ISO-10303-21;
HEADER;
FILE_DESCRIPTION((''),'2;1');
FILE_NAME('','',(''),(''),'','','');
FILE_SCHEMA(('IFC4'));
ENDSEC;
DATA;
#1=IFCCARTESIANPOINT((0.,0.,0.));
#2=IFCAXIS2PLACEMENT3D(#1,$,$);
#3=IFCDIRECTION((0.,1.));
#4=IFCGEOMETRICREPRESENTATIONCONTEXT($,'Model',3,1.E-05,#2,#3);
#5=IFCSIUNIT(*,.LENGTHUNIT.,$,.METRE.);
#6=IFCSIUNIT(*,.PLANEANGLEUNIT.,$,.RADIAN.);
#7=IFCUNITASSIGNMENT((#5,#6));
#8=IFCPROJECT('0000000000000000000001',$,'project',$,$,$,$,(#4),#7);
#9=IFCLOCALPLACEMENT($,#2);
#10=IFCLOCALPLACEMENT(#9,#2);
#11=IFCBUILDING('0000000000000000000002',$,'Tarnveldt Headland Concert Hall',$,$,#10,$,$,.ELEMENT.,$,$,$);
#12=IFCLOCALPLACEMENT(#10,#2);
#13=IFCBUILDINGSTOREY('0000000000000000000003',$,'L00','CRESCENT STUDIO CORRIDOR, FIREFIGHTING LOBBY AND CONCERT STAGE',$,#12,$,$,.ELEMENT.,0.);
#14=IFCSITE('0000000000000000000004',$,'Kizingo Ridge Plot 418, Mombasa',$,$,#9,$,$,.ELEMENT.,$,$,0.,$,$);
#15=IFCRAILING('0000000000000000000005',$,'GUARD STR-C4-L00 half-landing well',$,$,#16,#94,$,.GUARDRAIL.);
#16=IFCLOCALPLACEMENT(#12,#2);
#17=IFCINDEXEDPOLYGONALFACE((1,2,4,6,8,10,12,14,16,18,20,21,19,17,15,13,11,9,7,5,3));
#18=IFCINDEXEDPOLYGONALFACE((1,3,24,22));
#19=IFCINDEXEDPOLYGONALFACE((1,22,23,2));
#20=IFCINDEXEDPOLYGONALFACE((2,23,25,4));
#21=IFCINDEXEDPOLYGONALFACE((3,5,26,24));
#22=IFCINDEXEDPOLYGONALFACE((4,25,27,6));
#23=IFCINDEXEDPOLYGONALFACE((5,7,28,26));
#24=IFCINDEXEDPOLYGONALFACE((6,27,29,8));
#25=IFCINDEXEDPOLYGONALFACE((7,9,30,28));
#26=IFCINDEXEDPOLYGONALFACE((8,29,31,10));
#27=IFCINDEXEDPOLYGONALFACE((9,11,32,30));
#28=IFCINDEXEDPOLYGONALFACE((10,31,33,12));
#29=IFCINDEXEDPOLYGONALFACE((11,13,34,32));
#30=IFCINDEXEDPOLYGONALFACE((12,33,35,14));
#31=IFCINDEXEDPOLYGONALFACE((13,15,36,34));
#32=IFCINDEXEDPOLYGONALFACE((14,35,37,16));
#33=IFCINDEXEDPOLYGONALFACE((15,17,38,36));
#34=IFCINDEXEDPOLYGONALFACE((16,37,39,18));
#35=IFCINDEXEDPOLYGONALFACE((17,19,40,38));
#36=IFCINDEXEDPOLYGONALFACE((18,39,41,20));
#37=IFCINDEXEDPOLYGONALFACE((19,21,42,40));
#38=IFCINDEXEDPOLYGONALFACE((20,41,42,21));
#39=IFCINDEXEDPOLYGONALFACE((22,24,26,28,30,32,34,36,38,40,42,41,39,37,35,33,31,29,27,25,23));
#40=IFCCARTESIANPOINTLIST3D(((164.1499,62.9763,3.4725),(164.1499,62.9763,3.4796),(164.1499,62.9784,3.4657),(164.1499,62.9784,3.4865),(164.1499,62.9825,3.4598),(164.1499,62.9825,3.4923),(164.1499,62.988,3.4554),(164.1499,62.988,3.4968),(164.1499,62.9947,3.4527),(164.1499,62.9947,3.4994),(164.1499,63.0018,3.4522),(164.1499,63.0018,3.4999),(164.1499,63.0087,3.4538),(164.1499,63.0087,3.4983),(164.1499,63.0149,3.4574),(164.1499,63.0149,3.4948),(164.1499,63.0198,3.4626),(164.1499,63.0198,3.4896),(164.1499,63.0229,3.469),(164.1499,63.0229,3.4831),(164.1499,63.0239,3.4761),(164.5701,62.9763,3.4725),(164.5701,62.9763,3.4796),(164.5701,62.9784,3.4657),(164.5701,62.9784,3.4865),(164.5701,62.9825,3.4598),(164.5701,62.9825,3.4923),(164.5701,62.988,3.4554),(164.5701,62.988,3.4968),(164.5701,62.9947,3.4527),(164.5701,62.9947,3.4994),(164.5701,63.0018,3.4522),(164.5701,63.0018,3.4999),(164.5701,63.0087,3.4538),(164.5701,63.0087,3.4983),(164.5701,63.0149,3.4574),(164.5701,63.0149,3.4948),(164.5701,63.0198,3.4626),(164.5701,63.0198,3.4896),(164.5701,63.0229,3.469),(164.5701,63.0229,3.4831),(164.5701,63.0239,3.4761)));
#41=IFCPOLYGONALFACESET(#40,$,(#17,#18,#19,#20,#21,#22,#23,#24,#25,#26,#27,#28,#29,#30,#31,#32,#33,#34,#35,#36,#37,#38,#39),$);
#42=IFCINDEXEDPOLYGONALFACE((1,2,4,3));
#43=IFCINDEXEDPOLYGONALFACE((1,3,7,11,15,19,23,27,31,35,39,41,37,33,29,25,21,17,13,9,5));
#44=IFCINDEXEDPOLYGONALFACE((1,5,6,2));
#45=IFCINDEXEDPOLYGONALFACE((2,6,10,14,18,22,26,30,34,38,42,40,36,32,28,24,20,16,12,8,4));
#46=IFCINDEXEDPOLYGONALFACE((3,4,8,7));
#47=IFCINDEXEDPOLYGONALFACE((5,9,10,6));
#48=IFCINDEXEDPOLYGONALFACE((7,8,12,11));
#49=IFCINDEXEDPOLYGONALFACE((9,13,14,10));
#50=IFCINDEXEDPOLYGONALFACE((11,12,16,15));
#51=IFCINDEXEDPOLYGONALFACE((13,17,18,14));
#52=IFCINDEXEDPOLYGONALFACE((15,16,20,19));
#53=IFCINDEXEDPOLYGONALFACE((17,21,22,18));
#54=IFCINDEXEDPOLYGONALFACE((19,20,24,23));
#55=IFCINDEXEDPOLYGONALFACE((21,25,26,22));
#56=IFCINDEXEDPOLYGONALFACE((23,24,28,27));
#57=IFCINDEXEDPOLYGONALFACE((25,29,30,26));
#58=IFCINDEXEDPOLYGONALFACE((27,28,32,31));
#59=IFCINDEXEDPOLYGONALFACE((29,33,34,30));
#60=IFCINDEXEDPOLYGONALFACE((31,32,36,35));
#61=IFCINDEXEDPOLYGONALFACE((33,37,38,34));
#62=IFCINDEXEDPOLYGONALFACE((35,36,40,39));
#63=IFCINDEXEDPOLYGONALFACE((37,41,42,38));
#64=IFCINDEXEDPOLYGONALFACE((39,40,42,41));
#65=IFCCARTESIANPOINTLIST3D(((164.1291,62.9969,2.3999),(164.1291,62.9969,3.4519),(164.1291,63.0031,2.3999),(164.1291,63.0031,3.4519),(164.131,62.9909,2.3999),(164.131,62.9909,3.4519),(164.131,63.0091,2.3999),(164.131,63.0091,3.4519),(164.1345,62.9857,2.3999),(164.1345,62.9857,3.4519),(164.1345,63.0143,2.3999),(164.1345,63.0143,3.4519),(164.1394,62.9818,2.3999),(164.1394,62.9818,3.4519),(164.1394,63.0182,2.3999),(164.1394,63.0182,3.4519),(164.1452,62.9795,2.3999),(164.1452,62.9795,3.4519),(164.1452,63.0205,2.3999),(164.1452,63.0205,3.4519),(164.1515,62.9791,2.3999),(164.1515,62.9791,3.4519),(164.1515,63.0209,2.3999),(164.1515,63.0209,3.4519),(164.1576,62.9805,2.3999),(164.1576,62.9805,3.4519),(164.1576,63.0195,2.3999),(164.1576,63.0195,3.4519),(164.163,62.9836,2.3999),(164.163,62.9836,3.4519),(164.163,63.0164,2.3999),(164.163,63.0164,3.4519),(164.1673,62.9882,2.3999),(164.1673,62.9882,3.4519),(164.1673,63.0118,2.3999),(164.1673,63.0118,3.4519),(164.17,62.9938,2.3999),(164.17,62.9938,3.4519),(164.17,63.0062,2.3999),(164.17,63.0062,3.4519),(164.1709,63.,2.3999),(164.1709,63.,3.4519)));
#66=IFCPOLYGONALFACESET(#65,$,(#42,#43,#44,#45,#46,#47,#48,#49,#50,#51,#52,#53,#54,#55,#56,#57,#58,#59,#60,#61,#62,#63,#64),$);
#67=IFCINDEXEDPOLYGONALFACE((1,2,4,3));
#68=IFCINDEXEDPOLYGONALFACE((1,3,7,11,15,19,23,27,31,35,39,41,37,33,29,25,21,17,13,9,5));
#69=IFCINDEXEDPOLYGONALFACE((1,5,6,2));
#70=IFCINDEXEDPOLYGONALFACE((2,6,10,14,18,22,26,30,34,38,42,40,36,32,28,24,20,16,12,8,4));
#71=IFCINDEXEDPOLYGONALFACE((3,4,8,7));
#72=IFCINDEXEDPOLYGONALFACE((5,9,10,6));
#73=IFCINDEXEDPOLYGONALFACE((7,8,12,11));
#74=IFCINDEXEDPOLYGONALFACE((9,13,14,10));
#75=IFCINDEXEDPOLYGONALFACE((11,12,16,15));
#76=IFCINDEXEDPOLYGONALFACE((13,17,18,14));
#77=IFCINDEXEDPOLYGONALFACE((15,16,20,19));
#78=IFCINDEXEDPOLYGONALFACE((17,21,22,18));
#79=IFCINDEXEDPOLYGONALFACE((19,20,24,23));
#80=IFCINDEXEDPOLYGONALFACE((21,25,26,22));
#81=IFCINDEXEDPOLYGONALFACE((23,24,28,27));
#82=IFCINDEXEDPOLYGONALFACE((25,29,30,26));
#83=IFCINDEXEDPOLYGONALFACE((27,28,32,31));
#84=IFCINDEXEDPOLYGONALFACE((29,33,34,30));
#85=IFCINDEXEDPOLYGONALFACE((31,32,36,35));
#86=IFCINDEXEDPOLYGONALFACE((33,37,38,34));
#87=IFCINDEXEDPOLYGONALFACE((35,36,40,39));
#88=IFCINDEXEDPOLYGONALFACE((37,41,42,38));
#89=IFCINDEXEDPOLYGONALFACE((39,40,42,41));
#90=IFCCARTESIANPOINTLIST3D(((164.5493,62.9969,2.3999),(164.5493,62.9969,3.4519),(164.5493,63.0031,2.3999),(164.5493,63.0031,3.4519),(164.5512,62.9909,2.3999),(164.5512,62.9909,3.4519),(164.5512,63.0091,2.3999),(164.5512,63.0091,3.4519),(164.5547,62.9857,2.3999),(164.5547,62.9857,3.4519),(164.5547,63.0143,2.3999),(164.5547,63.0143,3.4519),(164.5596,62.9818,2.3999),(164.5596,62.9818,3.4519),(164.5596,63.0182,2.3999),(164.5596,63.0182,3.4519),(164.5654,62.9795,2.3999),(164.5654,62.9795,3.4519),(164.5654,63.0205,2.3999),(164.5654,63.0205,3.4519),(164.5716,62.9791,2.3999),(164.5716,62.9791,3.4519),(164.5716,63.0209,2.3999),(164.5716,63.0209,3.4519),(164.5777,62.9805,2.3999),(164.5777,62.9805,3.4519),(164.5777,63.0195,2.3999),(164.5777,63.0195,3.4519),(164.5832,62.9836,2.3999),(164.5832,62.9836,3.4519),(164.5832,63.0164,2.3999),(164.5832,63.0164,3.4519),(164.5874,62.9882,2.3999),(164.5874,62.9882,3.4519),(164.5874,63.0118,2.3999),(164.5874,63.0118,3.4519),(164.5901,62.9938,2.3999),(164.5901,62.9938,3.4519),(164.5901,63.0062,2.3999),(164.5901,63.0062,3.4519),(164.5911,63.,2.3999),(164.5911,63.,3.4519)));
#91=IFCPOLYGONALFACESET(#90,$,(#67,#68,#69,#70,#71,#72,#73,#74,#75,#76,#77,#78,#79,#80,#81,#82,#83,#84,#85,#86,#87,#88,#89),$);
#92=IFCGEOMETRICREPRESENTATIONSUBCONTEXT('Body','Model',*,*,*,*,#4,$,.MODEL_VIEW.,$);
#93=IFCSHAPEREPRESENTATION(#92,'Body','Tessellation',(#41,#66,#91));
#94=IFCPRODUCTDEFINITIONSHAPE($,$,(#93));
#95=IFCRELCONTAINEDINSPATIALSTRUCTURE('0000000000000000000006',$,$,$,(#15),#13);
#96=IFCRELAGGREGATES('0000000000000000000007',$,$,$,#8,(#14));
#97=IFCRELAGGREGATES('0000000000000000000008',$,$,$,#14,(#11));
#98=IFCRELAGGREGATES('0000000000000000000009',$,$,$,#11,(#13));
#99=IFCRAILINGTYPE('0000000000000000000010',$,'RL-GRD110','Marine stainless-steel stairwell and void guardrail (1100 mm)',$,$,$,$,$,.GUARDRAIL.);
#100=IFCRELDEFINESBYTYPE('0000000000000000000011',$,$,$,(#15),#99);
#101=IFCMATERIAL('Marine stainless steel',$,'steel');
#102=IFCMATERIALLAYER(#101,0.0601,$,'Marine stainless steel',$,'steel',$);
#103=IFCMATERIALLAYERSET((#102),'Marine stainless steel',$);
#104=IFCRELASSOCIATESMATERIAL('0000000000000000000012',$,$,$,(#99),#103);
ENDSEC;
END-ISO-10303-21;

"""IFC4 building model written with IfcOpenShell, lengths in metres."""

from ifc_helpers import new_model, si_unit, direction, frame, origin, origin_2d, place, context, subcontext, project, spatial, circle, extrude, material, layer, layer_set, type_object, element, save


model = new_model("IFC4")

# Units and contexts
model_context = context("Model", 3, precision=1e-05, world=origin(), true_north=direction((0.0, 1.0)))
body_context = subcontext(model_context, "Body", "Model", "MODEL_VIEW")
ifc_project = project(units=[si_unit("LENGTHUNIT", "METRE"), si_unit("PLANEANGLEUNIT", "RADIAN")], contexts=[model_context])

# Site, building, storey
site_placement = place(None, origin())
site = spatial("IfcSite", under=ifc_project, at=site_placement, Name="Kizingo Ridge Plot 418, Mombasa", CompositionType="ELEMENT", RefElevation=0.0)
building_placement = place(site_placement, origin())
building = spatial("IfcBuilding", under=site, at=building_placement, Name="Tarnveldt Headland Concert Hall", CompositionType="ELEMENT")
storey_placement = place(building_placement, origin())
storey = spatial("IfcBuildingStorey", under=building, at=storey_placement, Name="L00", Description="CRESCENT STUDIO CORRIDOR, FIREFIGHTING LOBBY AND CONCERT STAGE", CompositionType="ELEMENT", Elevation=0.0)

# Railing
ifc_material_1 = material(Name="Marine stainless steel", Category="steel")
ifc_layer_1 = layer(ifc_material_1, 0.0601, Name="Marine stainless steel", Category="steel")
ifc_layer_set_1 = layer_set([ifc_layer_1], Name="Marine stainless steel")
railing_type_1 = type_object("IfcRailingType", Name="RL-GRD110", Description="Marine stainless-steel stairwell and void guardrail (1100 mm)", PredefinedType="GUARDRAIL", material=ifc_layer_set_1)
railing_1_placement = place(storey_placement, frame((164.1499, 63.0, 2.3999)))
element("IfcRailing", 1, at=railing_1_placement, inside=storey, type_object=railing_type_1, Name="GUARD STR-C4-L00 half-landing well", PredefinedType="GUARDRAIL", context=body_context, shape_type="SweptSolid", body=[
    extrude(circle(Radius=0.0239, at=origin_2d()), frame((0.0, 0.0, 1.0762), z_axis=(1.0, 0.0, 0.0), x_axis=(0.0, 1.0, 0.0)), (0.0, 0.0, 1.0), 0.4202),
    extrude(circle(Radius=0.021, at=origin_2d()), origin(), (0.0, 0.0, 1.0), 1.052),
    extrude(circle(Radius=0.021, at=origin_2d()), frame((0.4202, 0.0, 0.0)), (0.0, 0.0, 1.0), 1.052),
])

save(model, "model.ifc")
